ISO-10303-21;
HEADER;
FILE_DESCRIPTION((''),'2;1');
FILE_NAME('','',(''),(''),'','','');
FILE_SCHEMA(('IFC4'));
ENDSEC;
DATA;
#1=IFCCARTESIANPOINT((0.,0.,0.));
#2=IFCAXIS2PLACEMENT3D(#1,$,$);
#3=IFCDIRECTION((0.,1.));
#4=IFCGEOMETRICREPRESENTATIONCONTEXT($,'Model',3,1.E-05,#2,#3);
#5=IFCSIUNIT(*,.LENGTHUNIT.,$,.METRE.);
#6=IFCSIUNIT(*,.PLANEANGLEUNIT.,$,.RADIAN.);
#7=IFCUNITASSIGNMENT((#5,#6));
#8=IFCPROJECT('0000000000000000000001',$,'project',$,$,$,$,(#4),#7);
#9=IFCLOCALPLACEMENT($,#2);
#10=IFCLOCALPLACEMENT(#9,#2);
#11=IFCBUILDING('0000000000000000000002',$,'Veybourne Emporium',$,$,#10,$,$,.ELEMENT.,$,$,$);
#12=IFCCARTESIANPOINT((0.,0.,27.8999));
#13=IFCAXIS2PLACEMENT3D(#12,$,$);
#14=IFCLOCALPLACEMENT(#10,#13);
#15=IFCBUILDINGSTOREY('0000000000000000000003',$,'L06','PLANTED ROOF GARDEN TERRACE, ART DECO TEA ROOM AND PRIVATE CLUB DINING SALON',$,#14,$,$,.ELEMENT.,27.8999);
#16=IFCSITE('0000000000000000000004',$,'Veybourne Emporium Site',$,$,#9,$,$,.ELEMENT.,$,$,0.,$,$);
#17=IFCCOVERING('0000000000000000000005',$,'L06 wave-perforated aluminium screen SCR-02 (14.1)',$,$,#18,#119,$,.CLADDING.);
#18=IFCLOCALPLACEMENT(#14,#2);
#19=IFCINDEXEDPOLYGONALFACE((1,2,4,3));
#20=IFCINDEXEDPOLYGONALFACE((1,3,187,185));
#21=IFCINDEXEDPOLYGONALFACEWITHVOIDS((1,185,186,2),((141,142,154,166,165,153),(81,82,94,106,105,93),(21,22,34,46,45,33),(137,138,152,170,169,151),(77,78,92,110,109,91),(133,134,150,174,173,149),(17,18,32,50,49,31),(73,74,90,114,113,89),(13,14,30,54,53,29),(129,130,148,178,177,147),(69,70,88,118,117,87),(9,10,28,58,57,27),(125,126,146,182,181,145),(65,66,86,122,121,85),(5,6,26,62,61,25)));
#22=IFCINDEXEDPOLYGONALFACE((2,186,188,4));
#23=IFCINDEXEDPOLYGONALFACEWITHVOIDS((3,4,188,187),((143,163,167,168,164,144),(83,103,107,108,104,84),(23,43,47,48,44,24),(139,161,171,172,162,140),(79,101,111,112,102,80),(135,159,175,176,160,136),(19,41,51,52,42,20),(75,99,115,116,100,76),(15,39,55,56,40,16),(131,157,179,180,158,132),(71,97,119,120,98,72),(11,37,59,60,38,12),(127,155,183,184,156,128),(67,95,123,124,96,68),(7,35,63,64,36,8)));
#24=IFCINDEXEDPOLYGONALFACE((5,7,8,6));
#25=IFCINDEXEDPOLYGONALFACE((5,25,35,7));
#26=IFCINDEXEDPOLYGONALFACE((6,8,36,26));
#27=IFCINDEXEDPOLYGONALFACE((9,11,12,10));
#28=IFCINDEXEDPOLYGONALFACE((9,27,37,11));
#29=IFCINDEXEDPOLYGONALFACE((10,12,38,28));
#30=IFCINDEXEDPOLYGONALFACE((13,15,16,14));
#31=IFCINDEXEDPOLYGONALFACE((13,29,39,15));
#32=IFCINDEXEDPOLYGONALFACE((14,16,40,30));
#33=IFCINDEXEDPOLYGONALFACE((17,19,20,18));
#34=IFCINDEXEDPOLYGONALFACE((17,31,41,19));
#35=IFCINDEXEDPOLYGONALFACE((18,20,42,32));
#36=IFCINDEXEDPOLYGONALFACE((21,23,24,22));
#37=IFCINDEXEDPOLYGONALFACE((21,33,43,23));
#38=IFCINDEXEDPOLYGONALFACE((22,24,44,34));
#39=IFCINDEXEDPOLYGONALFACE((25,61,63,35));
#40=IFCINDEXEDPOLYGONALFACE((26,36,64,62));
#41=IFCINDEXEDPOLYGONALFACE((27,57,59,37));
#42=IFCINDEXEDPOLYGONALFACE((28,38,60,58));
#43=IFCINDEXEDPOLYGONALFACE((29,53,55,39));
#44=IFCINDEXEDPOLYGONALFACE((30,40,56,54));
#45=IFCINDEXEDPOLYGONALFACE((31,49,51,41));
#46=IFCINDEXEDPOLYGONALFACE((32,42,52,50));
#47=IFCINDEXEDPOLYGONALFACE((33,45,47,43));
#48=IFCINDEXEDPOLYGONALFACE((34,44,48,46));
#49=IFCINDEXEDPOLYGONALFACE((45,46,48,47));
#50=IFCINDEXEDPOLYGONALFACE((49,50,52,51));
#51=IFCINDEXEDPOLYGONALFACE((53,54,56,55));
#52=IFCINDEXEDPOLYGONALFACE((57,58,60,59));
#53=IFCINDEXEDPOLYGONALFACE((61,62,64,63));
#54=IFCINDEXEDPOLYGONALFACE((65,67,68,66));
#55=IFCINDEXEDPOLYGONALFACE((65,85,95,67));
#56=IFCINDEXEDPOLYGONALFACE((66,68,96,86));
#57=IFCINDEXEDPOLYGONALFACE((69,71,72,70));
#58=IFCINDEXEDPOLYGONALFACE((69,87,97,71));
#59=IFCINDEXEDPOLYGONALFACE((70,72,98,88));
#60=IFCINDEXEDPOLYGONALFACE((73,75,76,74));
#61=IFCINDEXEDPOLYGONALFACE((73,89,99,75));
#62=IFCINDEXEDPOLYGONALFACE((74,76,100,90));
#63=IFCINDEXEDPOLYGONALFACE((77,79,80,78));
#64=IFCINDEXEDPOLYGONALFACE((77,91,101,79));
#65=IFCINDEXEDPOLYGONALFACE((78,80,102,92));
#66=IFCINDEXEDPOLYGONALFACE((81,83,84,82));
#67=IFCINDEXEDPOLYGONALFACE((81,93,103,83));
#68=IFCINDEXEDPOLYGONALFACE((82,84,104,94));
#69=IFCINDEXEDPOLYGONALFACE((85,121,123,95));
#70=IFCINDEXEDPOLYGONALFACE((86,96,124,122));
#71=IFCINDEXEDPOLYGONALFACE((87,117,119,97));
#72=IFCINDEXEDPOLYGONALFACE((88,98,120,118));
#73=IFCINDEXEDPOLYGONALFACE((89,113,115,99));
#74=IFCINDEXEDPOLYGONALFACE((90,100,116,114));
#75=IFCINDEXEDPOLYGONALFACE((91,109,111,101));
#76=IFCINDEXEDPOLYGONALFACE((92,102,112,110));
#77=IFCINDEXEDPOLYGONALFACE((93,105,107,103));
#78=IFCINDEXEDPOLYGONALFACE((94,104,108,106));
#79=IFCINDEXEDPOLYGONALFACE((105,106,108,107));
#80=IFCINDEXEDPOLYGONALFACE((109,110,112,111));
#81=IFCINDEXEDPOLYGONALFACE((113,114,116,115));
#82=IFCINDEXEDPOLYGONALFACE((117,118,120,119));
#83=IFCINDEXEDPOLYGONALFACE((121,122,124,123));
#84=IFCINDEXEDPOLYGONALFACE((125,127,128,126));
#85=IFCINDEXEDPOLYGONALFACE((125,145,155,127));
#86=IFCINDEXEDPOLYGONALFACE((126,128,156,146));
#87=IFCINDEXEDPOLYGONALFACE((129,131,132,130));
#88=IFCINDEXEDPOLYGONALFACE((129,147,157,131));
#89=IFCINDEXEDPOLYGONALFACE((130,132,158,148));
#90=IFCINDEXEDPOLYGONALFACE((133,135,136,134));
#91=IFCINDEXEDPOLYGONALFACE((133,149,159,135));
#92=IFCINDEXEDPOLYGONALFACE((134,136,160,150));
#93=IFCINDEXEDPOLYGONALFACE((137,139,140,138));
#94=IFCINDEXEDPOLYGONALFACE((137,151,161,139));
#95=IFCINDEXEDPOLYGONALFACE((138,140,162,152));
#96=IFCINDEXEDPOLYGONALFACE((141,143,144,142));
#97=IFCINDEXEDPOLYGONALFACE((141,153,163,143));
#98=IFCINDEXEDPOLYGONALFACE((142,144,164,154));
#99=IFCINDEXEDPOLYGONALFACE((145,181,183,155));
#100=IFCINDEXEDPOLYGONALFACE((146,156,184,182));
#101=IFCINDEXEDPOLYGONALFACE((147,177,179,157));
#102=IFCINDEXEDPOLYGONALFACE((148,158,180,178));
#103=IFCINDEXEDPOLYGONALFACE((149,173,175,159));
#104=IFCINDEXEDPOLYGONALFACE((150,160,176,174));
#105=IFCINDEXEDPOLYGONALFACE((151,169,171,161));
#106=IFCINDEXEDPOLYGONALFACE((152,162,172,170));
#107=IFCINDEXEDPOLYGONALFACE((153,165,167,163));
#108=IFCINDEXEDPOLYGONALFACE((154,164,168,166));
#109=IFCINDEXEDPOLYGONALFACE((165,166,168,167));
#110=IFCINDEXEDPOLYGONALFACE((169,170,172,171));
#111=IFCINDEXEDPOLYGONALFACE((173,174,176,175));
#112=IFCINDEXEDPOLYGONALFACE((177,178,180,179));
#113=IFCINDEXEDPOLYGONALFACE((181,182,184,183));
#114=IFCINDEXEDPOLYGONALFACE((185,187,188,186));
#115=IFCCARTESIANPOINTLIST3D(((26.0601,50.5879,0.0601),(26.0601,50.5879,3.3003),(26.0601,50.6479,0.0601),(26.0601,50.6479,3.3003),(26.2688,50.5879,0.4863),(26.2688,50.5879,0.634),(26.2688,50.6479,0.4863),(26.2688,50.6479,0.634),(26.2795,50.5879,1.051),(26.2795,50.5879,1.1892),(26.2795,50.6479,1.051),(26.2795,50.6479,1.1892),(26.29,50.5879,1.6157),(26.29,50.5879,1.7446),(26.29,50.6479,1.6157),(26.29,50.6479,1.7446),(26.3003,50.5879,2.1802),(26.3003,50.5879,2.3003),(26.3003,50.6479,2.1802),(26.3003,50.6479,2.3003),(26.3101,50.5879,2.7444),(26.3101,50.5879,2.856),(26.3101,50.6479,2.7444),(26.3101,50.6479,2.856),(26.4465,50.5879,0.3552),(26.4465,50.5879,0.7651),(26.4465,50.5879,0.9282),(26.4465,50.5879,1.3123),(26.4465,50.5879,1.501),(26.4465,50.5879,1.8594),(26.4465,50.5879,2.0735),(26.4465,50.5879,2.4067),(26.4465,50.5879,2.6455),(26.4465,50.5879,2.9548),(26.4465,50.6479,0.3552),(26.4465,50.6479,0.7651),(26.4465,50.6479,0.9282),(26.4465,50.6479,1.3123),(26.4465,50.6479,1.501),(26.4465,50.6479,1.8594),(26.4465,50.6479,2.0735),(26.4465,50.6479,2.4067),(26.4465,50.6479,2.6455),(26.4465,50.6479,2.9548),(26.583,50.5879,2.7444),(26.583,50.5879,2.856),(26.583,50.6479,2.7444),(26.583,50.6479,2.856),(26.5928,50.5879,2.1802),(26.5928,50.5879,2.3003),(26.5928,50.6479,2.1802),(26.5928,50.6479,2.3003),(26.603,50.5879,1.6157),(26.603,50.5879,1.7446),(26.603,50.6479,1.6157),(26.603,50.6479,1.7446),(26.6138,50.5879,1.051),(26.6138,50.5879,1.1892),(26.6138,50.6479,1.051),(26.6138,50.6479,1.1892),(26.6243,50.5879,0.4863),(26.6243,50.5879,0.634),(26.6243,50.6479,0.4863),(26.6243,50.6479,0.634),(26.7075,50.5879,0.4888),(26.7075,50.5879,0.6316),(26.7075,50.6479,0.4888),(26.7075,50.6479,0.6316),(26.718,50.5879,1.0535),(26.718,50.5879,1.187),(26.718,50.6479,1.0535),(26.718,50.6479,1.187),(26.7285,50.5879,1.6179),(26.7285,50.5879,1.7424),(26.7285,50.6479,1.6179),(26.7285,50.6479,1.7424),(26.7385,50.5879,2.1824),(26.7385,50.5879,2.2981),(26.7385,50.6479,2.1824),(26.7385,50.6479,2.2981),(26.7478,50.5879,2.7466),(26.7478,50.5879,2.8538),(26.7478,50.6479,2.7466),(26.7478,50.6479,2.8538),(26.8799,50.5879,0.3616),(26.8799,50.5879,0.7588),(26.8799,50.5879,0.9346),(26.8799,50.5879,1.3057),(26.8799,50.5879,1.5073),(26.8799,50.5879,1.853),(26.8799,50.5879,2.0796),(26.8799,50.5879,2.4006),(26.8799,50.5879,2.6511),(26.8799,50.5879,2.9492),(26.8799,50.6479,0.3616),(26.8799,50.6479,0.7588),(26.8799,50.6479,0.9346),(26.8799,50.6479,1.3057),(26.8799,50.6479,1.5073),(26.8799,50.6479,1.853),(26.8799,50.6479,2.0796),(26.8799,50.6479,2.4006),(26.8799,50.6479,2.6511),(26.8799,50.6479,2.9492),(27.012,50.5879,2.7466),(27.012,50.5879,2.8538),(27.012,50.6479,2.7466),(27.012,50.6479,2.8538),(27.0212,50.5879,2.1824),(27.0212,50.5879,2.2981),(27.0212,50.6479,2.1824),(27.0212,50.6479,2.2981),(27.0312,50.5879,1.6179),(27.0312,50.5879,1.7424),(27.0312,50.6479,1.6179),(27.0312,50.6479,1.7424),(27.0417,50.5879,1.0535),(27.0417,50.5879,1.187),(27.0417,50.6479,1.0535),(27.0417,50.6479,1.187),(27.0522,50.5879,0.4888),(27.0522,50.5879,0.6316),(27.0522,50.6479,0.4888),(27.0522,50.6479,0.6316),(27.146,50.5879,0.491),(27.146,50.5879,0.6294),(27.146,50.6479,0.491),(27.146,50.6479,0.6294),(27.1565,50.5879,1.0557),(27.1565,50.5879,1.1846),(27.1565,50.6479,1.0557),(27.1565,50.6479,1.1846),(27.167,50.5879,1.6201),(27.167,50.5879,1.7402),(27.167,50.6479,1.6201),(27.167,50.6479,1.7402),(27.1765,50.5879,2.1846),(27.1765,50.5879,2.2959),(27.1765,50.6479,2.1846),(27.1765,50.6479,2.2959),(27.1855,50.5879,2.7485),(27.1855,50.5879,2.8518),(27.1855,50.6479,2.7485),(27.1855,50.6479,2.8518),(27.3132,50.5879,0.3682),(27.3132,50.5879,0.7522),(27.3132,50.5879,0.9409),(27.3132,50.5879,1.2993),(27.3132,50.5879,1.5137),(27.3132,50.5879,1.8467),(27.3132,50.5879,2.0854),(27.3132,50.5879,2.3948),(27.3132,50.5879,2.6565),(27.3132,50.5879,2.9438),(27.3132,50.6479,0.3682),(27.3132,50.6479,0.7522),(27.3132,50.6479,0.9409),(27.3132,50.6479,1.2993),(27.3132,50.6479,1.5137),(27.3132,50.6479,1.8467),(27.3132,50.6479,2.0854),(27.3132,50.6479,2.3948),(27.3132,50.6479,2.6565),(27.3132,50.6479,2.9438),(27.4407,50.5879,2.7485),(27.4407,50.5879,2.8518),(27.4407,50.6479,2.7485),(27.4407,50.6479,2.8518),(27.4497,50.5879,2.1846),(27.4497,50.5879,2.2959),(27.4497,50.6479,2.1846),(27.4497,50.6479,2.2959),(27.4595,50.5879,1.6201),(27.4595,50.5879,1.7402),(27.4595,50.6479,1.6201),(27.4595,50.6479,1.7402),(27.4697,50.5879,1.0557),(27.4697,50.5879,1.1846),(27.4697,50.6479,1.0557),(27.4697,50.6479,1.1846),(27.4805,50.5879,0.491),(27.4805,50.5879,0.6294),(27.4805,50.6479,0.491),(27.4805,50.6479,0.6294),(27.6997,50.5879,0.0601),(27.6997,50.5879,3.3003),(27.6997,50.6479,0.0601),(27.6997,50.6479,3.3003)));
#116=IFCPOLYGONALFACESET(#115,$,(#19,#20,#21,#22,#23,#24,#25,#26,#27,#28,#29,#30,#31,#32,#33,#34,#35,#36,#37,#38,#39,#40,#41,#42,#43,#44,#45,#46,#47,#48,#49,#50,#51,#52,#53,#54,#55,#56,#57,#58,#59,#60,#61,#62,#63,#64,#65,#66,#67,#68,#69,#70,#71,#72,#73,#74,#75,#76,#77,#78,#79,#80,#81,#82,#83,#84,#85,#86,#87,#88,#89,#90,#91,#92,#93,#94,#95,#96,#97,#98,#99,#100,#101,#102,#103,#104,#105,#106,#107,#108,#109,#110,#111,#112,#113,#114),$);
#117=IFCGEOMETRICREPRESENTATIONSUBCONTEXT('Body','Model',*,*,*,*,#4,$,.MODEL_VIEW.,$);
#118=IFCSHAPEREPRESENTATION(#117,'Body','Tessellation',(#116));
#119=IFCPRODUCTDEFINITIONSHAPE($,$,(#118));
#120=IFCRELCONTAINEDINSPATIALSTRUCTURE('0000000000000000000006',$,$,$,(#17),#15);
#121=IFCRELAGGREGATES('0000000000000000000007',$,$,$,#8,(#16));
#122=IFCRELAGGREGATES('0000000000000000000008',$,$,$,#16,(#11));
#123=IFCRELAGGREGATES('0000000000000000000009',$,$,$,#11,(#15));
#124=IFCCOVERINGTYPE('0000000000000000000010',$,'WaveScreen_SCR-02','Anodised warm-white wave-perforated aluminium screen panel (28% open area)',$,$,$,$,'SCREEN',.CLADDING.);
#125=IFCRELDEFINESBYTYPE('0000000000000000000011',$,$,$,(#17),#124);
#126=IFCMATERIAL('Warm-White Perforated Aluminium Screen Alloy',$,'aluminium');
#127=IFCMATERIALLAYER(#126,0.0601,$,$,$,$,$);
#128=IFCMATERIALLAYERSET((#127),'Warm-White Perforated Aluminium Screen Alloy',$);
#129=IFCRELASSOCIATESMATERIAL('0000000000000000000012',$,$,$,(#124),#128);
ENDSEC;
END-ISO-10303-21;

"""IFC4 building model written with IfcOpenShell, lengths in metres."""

from ifc_helpers import new_model, si_unit, direction, frame, origin, place, context, subcontext, project, spatial, polyline, outline, extrude, material, layer, layer_set, type_object, element, save


model = new_model("IFC4")

# Units and contexts
model_context = context("Model", 3, precision=1e-05, world=origin(), true_north=direction((0.0, 1.0)))
body_context = subcontext(model_context, "Body", "Model", "MODEL_VIEW")
ifc_project = project(units=[si_unit("LENGTHUNIT", "METRE"), si_unit("PLANEANGLEUNIT", "RADIAN")], contexts=[model_context])

# Site, building, storey
site_placement = place(None, origin())
site = spatial("IfcSite", under=ifc_project, at=site_placement, Name="Veybourne Emporium Site", CompositionType="ELEMENT", RefElevation=0.0)
building_placement = place(site_placement, origin())
building = spatial("IfcBuilding", under=site, at=building_placement, Name="Veybourne Emporium", CompositionType="ELEMENT")
storey_placement = place(building_placement, frame((0.0, 0.0, 27.8999)))
storey = spatial("IfcBuildingStorey", under=building, at=storey_placement, Name="L06", Description="PLANTED ROOF GARDEN TERRACE, ART DECO TEA ROOM AND PRIVATE CLUB DINING SALON", CompositionType="ELEMENT", Elevation=27.8999)

# Covering
ifc_material_1 = material(Name="Warm-White Perforated Aluminium Screen Alloy", Category="aluminium")
ifc_layer_1 = layer(ifc_material_1, 0.0601)
ifc_layer_set_1 = layer_set([ifc_layer_1], Name="Warm-White Perforated Aluminium Screen Alloy")
covering_type_1 = type_object("IfcCoveringType", Name="WaveScreen_SCR-02", Description="Anodised warm-white wave-perforated aluminium screen panel (28% open area)", ElementType="SCREEN", PredefinedType="CLADDING", material=ifc_layer_set_1)
covering_1_placement = place(storey_placement, frame((26.8799, 50.6479, 1.6802), z_axis=(0.0, -1.0, 0.0), x_axis=(1.0, 0.0, 0.0)))
element("IfcCovering", 1, at=covering_1_placement, inside=storey, type_object=covering_type_1, Name="L06 wave-perforated aluminium screen SCR-02 (14.1)", PredefinedType="CLADDING", context=body_context, shape_type="SweptSolid", body=[
    extrude(outline(polyline([(-0.8198, -1.6201), (0.8198, -1.6201), (0.8198, 1.6201), (-0.8198, 1.6201), (-0.8198, -1.6201)]), holes=[polyline([(-0.4333, -0.915), (-0.2556, -1.0461), (-0.2556, -1.1938), (-0.4333, -1.325), (-0.6111, -1.1938), (-0.6111, -1.0461), (-0.4333, -0.915)]), polyline([(-0.4333, -0.3679), (-0.2661, -0.491), (-0.2661, -0.6292), (-0.4333, -0.752), (-0.6003, -0.6292), (-0.6003, -0.491), (-0.4333, -0.3679)]), polyline([(-0.4333, 0.1792), (-0.2769, 0.0645), (-0.2769, -0.0645), (-0.4333, -0.1792), (-0.5898, -0.0645), (-0.5898, 0.0645), (-0.4333, 0.1792)]), polyline([(-0.4333, 0.7266), (-0.2871, 0.6201), (-0.2871, 0.5), (-0.4333, 0.3933), (-0.5796, 0.5), (-0.5796, 0.6201), (-0.4333, 0.7266)]), polyline([(-0.4333, 1.2747), (-0.2969, 1.1758), (-0.2969, 1.0642), (-0.4333, 0.9653), (-0.5698, 1.0642), (-0.5698, 1.1758), (-0.4333, 1.2747)]), polyline([(0.0, -0.9214), (0.1724, -1.0486), (0.1724, -1.1914), (0.0, -1.3186), (-0.1724, -1.1914), (-0.1724, -1.0486), (0.0, -0.9214)]), polyline([(0.0, -0.3745), (0.1619, -0.4932), (0.1619, -0.6267), (0.0, -0.7456), (-0.1619, -0.6267), (-0.1619, -0.4932), (0.0, -0.3745)]), polyline([(0.0, 0.1729), (0.1514, 0.0623), (0.1514, -0.0623), (0.0, -0.1729), (-0.1514, -0.0623), (-0.1514, 0.0623), (0.0, 0.1729)]), polyline([(0.0, 0.7205), (0.1414, 0.6179), (0.1414, 0.5022), (0.0, 0.3994), (-0.1414, 0.5022), (-0.1414, 0.6179), (0.0, 0.7205)]), polyline([(0.0, 1.269), (0.1321, 1.1736), (0.1321, 1.0664), (0.0, 0.9709), (-0.1321, 1.0664), (-0.1321, 1.1736), (0.0, 1.269)]), polyline([(0.4333, -0.928), (0.6006, -1.0508), (0.6006, -1.1892), (0.4333, -1.312), (0.2661, -1.1892), (0.2661, -1.0508), (0.4333, -0.928)]), polyline([(0.4333, -0.3809), (0.5898, -0.4956), (0.5898, -0.6245), (0.4333, -0.7393), (0.2766, -0.6245), (0.2766, -0.4956), (0.4333, -0.3809)]), polyline([(0.4333, 0.1665), (0.5796, 0.0601), (0.5796, -0.0601), (0.4333, -0.1665), (0.2871, -0.0601), (0.2871, 0.0601), (0.4333, 0.1665)]), polyline([(0.4333, 0.7146), (0.5698, 0.6157), (0.5698, 0.5044), (0.4333, 0.4053), (0.2966, 0.5044), (0.2966, 0.6157), (0.4333, 0.7146)]), polyline([(0.4333, 1.2637), (0.5608, 1.1716), (0.5608, 1.0684), (0.4333, 0.9763), (0.3057, 1.0684), (0.3057, 1.1716), (0.4333, 1.2637)])]), origin(), (0.0, 0.0, 1.0), 0.0601),
])

save(model, "model.ifc")
